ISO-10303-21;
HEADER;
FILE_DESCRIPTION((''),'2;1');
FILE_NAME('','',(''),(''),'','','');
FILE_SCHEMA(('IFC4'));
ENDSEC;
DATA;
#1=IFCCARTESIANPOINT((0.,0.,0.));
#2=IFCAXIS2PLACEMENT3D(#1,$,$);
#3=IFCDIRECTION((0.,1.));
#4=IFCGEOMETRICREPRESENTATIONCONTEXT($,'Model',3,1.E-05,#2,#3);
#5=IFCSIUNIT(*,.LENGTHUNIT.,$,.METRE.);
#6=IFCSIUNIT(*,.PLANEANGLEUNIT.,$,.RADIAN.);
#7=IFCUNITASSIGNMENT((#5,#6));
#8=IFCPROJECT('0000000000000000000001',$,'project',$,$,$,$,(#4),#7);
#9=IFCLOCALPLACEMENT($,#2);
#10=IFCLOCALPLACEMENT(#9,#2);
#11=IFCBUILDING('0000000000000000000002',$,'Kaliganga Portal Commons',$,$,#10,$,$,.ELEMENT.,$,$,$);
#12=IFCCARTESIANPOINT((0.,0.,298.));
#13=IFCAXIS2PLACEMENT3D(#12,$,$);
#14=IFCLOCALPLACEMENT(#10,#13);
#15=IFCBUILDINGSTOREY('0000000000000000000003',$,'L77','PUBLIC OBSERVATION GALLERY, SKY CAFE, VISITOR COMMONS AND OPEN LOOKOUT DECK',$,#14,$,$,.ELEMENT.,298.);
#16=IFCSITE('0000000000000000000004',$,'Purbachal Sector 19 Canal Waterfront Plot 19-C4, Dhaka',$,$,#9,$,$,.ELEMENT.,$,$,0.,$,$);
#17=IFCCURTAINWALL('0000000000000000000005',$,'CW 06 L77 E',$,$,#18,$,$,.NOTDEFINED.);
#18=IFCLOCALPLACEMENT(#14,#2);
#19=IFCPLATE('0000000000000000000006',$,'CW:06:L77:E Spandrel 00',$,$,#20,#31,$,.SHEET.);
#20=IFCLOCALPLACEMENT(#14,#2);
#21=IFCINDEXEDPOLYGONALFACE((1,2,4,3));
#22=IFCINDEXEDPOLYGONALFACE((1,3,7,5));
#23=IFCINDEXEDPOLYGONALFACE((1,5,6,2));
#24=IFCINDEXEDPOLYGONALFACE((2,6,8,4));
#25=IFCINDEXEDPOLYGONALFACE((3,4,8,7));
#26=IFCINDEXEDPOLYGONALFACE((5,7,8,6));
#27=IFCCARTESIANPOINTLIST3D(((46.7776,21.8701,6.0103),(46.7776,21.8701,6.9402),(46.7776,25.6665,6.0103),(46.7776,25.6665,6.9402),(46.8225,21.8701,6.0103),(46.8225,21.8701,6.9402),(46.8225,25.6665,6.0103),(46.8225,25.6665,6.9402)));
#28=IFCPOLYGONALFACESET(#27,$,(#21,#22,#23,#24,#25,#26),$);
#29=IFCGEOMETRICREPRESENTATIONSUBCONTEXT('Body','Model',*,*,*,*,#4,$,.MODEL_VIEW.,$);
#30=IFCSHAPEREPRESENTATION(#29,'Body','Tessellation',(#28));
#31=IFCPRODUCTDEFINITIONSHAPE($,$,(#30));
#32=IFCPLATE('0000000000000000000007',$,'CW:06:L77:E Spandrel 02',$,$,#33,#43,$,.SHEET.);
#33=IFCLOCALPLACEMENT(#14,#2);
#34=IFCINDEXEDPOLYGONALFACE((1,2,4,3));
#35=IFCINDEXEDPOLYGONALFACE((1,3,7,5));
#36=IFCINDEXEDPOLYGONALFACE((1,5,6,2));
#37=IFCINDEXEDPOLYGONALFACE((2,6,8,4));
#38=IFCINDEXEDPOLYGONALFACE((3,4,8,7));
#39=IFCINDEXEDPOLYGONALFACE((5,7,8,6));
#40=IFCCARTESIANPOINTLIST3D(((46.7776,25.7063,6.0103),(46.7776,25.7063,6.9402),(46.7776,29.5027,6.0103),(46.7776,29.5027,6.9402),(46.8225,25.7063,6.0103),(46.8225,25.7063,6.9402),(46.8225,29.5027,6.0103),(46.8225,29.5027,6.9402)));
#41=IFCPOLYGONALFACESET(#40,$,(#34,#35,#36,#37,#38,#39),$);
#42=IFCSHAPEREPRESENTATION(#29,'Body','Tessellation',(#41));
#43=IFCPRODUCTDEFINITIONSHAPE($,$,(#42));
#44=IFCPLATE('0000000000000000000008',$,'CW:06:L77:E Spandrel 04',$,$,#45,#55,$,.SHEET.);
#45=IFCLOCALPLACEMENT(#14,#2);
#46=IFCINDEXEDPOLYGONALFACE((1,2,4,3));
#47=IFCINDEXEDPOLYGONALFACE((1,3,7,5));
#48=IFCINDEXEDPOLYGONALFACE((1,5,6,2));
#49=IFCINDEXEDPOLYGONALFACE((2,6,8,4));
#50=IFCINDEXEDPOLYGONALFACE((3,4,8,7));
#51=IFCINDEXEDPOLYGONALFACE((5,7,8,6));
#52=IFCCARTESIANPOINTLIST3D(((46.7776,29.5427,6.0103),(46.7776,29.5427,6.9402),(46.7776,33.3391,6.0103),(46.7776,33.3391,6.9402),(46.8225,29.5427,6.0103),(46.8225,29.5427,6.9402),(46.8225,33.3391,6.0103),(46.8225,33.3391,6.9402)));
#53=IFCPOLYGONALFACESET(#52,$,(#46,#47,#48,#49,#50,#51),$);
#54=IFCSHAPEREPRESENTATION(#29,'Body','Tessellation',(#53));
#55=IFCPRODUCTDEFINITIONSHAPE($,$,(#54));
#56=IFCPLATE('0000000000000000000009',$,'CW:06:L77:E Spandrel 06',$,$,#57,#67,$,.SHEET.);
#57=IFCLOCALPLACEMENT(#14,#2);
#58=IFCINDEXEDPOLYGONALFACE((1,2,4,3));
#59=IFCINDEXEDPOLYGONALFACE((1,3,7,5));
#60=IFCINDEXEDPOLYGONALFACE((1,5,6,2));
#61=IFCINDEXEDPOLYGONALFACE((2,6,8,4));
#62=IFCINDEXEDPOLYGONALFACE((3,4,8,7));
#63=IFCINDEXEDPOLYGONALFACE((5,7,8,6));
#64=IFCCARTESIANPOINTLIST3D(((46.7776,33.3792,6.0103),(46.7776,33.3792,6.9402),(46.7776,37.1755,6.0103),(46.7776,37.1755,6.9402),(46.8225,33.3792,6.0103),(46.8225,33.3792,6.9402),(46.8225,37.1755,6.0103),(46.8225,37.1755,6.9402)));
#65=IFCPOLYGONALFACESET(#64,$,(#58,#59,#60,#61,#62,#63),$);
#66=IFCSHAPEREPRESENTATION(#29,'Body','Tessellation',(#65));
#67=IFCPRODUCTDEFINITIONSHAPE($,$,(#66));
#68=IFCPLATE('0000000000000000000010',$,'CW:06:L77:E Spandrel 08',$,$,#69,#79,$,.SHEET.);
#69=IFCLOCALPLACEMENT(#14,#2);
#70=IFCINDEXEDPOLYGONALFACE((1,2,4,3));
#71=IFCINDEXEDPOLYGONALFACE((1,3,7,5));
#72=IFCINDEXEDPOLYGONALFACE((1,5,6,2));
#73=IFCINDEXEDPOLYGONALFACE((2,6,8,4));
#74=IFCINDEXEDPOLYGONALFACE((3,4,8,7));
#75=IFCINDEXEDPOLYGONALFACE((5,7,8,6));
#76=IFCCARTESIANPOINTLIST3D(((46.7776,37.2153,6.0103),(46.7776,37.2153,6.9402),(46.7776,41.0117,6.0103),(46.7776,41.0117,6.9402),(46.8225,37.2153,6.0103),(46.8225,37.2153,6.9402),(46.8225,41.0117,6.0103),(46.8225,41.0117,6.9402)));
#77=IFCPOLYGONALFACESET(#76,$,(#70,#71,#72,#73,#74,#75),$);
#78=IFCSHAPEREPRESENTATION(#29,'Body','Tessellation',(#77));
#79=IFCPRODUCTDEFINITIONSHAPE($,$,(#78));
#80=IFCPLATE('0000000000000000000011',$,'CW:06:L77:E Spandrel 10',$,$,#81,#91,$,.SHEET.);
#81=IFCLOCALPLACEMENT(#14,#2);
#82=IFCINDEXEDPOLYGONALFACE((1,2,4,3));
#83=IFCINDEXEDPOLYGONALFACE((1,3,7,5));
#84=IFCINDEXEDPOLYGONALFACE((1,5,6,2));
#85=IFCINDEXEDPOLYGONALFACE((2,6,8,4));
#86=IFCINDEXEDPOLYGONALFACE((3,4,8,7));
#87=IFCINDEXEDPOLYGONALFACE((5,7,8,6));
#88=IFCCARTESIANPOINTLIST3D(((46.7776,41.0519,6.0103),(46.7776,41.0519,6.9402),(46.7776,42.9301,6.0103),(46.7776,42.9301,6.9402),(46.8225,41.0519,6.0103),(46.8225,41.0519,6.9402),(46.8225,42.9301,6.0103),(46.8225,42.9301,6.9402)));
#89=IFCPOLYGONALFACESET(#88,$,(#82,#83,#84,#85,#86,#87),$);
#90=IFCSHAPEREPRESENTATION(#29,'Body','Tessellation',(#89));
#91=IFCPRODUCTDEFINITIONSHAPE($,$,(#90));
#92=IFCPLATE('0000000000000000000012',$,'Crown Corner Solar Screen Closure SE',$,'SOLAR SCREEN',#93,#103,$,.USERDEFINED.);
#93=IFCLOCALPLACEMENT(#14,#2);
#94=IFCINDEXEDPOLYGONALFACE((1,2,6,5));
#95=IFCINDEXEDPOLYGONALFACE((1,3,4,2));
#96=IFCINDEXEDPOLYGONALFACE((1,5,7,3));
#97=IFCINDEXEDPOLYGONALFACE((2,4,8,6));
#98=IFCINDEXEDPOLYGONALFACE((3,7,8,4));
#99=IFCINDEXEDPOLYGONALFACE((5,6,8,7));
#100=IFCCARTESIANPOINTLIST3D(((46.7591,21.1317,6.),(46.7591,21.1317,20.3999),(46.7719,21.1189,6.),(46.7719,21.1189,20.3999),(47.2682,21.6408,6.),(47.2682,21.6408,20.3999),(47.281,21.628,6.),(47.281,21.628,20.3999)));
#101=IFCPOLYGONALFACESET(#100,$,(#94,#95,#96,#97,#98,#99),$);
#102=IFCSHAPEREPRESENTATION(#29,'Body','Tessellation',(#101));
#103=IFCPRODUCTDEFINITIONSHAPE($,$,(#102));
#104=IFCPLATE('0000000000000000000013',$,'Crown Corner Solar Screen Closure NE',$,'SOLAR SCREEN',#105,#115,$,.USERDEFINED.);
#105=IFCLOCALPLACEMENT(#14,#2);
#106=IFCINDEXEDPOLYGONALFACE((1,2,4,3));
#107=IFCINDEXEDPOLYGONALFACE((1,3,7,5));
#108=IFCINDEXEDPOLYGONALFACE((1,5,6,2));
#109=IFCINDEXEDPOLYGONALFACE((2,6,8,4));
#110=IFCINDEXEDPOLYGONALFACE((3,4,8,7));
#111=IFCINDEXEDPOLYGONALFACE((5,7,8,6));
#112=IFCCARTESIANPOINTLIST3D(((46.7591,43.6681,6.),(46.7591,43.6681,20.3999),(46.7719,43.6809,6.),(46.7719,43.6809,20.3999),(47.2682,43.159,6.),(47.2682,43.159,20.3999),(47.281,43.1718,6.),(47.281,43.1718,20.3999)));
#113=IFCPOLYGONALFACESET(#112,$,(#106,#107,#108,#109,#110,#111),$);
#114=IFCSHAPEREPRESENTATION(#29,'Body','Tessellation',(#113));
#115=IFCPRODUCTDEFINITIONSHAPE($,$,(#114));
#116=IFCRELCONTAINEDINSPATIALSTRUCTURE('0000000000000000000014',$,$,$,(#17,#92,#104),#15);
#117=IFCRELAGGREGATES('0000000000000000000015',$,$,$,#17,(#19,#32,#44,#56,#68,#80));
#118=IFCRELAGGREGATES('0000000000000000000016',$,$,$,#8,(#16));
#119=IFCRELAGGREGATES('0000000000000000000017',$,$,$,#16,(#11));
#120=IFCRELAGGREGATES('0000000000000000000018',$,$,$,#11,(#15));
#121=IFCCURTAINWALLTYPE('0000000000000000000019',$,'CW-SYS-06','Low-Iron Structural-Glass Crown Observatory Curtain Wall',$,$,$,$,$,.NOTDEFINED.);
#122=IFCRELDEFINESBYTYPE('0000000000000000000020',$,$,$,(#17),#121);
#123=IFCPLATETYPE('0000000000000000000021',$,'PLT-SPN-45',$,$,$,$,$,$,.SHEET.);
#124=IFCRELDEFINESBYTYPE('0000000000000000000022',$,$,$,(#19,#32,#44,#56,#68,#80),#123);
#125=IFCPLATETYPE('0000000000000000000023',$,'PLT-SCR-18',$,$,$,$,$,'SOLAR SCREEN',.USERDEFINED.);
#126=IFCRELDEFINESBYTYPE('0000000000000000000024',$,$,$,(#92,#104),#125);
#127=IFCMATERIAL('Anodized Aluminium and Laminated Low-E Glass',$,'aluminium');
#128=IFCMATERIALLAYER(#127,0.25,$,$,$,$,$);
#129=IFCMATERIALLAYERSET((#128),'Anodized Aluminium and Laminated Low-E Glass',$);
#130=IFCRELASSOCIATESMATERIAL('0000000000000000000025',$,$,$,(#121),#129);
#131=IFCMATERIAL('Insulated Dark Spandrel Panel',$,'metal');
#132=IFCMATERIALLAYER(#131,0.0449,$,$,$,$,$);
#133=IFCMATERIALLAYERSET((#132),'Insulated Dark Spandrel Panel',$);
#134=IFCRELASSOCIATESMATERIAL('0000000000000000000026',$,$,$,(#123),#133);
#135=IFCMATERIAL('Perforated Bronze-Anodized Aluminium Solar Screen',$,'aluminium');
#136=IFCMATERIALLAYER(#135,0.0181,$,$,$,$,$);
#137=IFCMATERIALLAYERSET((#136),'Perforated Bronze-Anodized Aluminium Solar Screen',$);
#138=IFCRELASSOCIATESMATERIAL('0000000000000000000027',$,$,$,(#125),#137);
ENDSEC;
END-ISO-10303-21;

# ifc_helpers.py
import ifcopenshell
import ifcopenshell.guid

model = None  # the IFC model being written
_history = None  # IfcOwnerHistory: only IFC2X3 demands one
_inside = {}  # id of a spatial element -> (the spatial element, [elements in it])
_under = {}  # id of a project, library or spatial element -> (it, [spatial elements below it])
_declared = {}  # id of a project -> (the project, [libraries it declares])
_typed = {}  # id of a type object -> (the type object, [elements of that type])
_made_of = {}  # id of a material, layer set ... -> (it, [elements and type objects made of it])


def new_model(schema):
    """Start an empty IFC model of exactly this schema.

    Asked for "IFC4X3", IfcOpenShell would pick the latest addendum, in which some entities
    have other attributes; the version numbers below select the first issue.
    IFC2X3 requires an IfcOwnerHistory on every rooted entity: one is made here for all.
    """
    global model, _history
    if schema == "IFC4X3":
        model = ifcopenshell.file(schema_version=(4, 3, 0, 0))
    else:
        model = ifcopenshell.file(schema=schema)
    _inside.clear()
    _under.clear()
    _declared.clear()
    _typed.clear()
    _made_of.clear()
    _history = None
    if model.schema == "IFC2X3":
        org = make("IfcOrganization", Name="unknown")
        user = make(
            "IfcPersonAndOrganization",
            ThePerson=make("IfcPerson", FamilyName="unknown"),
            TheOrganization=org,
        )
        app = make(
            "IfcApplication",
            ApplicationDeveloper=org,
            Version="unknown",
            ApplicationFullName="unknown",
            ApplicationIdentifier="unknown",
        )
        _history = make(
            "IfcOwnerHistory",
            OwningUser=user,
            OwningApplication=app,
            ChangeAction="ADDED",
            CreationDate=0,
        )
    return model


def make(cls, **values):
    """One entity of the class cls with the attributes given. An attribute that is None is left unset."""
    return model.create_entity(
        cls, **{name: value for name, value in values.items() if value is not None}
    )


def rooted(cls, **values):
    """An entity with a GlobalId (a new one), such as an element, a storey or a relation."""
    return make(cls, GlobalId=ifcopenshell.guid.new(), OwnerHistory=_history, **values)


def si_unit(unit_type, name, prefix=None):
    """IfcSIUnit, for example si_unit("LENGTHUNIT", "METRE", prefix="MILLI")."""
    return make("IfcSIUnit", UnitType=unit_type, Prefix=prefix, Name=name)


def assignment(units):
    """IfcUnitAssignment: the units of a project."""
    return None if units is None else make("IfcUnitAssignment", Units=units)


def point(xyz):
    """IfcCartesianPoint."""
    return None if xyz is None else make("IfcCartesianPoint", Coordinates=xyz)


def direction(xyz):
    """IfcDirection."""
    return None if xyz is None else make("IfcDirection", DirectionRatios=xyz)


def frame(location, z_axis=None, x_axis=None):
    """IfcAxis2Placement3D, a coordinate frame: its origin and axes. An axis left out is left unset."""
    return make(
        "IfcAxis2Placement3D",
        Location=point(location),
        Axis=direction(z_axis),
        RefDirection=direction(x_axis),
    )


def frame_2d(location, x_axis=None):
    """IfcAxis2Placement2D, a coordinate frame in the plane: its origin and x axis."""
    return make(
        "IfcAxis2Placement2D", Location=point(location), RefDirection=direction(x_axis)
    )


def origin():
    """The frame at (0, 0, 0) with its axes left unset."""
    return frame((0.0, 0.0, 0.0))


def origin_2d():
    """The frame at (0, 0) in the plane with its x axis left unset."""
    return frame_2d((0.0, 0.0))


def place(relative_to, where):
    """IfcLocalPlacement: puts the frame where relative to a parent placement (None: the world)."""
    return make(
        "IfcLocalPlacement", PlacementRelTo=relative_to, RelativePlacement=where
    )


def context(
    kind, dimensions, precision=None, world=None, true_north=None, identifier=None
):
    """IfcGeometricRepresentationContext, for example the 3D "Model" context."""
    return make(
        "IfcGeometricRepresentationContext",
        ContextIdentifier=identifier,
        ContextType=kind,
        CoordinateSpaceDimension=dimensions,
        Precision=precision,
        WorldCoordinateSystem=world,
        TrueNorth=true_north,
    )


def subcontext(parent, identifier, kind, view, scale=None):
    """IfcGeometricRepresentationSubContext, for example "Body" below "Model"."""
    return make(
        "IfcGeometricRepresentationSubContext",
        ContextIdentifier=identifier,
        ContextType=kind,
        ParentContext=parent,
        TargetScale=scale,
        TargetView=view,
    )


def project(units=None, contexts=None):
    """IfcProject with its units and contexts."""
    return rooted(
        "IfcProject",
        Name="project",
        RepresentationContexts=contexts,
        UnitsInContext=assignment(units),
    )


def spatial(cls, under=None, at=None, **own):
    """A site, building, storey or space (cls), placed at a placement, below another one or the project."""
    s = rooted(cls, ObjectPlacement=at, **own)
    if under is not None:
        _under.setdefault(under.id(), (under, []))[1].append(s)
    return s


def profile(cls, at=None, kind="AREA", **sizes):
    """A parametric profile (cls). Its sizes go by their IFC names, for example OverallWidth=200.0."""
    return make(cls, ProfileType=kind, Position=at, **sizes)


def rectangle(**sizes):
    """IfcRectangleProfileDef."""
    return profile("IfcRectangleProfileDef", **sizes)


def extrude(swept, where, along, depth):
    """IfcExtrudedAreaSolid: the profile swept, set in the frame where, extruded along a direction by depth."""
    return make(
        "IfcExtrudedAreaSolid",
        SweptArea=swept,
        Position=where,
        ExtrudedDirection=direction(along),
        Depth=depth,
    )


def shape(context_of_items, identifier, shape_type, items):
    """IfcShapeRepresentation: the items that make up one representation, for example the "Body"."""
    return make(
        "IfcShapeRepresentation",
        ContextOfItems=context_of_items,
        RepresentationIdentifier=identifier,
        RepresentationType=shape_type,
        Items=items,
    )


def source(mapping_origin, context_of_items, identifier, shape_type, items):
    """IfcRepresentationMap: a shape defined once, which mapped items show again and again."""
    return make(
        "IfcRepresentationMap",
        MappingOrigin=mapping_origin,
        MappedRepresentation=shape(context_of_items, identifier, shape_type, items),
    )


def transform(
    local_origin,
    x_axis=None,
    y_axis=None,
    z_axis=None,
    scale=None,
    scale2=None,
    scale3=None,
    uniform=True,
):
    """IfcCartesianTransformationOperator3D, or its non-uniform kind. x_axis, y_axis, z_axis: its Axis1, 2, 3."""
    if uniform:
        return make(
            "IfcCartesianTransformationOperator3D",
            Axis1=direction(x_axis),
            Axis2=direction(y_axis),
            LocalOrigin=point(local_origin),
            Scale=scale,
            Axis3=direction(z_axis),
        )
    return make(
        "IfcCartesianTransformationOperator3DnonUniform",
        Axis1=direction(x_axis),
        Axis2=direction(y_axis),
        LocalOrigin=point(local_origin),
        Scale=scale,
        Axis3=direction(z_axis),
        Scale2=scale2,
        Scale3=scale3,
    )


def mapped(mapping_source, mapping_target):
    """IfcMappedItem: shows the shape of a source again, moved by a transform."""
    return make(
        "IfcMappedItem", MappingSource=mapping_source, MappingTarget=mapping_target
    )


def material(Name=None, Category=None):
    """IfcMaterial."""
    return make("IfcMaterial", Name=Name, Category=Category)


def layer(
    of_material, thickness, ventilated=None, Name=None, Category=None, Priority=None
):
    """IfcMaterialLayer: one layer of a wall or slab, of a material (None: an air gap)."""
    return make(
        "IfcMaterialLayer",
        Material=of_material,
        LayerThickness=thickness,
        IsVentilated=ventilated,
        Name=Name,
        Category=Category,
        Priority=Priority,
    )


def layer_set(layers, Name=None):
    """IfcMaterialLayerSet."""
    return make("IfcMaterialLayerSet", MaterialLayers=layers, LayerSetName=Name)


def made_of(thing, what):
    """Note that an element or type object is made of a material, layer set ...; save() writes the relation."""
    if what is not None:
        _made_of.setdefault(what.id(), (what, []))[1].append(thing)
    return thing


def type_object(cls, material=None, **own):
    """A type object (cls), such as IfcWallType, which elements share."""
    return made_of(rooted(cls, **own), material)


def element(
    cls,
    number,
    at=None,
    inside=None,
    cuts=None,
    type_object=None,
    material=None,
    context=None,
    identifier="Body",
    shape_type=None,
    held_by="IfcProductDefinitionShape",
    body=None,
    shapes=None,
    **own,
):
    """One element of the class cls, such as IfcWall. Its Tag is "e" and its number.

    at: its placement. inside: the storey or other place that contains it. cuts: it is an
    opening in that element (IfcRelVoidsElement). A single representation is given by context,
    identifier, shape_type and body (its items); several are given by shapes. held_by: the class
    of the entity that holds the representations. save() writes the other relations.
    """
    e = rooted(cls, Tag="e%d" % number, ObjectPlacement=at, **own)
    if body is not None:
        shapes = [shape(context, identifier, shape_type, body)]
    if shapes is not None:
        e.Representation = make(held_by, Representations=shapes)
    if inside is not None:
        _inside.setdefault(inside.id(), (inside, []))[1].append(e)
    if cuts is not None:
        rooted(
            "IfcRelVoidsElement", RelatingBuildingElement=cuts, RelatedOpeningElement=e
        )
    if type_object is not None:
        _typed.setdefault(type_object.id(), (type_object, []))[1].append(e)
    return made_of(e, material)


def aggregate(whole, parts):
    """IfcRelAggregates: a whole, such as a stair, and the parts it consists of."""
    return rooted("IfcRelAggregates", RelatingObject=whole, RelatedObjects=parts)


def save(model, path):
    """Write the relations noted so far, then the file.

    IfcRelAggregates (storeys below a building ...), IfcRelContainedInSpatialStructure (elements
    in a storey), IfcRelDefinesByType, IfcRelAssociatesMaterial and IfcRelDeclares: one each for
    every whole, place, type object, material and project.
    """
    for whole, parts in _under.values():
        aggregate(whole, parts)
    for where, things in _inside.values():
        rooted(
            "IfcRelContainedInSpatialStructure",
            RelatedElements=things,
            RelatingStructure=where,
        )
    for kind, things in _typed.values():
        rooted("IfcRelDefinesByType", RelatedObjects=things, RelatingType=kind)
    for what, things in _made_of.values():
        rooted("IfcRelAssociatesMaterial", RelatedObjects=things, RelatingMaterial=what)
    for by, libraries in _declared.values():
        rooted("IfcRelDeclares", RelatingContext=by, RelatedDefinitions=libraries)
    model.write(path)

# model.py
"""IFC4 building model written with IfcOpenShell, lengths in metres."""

from ifc_helpers import new_model, si_unit, direction, frame, origin, origin_2d, place, context, subcontext, project, spatial, rectangle, extrude, source, transform, mapped, material, layer, layer_set, type_object, element, aggregate, save


model = new_model("IFC4")

# Units and contexts
model_context = context("Model", 3, precision=1e-05, world=origin(), true_north=direction((0.0, 1.0)))
body_context = subcontext(model_context, "Body", "Model", "MODEL_VIEW")
ifc_project = project(units=[si_unit("LENGTHUNIT", "METRE"), si_unit("PLANEANGLEUNIT", "RADIAN")], contexts=[model_context])

# Site, building, storey
site_placement = place(None, origin())
site = spatial("IfcSite", under=ifc_project, at=site_placement, Name="Purbachal Sector 19 Canal Waterfront Plot 19-C4, Dhaka", CompositionType="ELEMENT", RefElevation=0.0)
building_placement = place(site_placement, origin())
building = spatial("IfcBuilding", under=site, at=building_placement, Name="Kaliganga Portal Commons", CompositionType="ELEMENT")
storey_placement = place(building_placement, frame((0.0, 0.0, 298.0)))
storey = spatial("IfcBuildingStorey", under=building, at=storey_placement, Name="L77", Description="PUBLIC OBSERVATION GALLERY, SKY CAFE, VISITOR COMMONS AND OPEN LOOKOUT DECK", CompositionType="ELEMENT", Elevation=298.0)

# Shared definitions
ifc_material_1 = material(Name="Anodized Aluminium and Laminated Low-E Glass", Category="aluminium")
ifc_layer_1 = layer(ifc_material_1, 0.25)
ifc_layer_set_1 = layer_set([ifc_layer_1], Name="Anodized Aluminium and Laminated Low-E Glass")
curtain_wall_type = type_object("IfcCurtainWallType", Name="CW-SYS-06", Description="Low-Iron Structural-Glass Crown Observatory Curtain Wall", PredefinedType="NOTDEFINED", material=ifc_layer_set_1)

# Curtain wall
curtain_wall_1_placement = place(storey_placement, origin())
curtain_wall_1 = element("IfcCurtainWall", 1, at=curtain_wall_1_placement, inside=storey, type_object=curtain_wall_type, Name="CW 06 L77 E", PredefinedType="NOTDEFINED")

# Plates
ifc_material_2 = material(Name="Insulated Dark Spandrel Panel", Category="metal")
ifc_layer_2 = layer(ifc_material_2, 0.0449)
ifc_layer_set_2 = layer_set([ifc_layer_2], Name="Insulated Dark Spandrel Panel")
plate_type_1 = type_object("IfcPlateType", Name="PLT-SPN-45", PredefinedType="SHEET", material=ifc_layer_set_2)
shared_shape_1 = source(origin(), body_context, "Body", "SweptSolid", [
    extrude(rectangle(XDim=3.7964, YDim=0.0449, at=origin_2d()), origin(), (0.0, 0.0, 1.0), 0.9299),
])
plate_1_placement = place(storey_placement, frame((46.8, 23.7683, 6.0103), z_axis=(0.0, 0.0, 1.0), x_axis=(0.0, 1.0, 0.0)))
plate_1 = element("IfcPlate", 2, at=plate_1_placement, type_object=plate_type_1, Name="CW:06:L77:E Spandrel 00", PredefinedType="SHEET", context=body_context, shape_type="MappedRepresentation", body=[
    mapped(shared_shape_1, transform((0.0, 0.0, 0.0), x_axis=(1.0, 0.0, 0.0), y_axis=(0.0, 1.0, 0.0), z_axis=(0.0, 0.0, 1.0), scale=1.0)),
])
plate_2_placement = place(storey_placement, frame((46.8, 27.6045, 6.0103), z_axis=(0.0, 0.0, 1.0), x_axis=(0.0, 1.0, 0.0)))
plate_2 = element("IfcPlate", 3, at=plate_2_placement, type_object=plate_type_1, Name="CW:06:L77:E Spandrel 02", PredefinedType="SHEET", context=body_context, shape_type="MappedRepresentation", body=[
    mapped(shared_shape_1, transform((0.0, 0.0, 0.0), x_axis=(1.0, 0.0, 0.0), y_axis=(0.0, 1.0, 0.0), z_axis=(0.0, 0.0, 1.0), scale=1.0)),
])
plate_3_placement = place(storey_placement, frame((46.8, 31.4409, 6.0103), z_axis=(0.0, 0.0, 1.0), x_axis=(0.0, 1.0, 0.0)))
plate_3 = element("IfcPlate", 4, at=plate_3_placement, type_object=plate_type_1, Name="CW:06:L77:E Spandrel 04", PredefinedType="SHEET", context=body_context, shape_type="MappedRepresentation", body=[
    mapped(shared_shape_1, transform((0.0, 0.0, 0.0), x_axis=(1.0, 0.0, 0.0), y_axis=(0.0, 1.0, 0.0), z_axis=(0.0, 0.0, 1.0), scale=1.0)),
])
plate_4_placement = place(storey_placement, frame((46.8, 35.2773, 6.0103), z_axis=(0.0, 0.0, 1.0), x_axis=(0.0, 1.0, 0.0)))
plate_4 = element("IfcPlate", 5, at=plate_4_placement, type_object=plate_type_1, Name="CW:06:L77:E Spandrel 06", PredefinedType="SHEET", context=body_context, shape_type="MappedRepresentation", body=[
    mapped(shared_shape_1, transform((0.0, 0.0, 0.0), x_axis=(1.0, 0.0, 0.0), y_axis=(0.0, 1.0, 0.0), z_axis=(0.0, 0.0, 1.0), scale=1.0)),
])
plate_5_placement = place(storey_placement, frame((46.8, 39.1135, 6.0103), z_axis=(0.0, 0.0, 1.0), x_axis=(0.0, 1.0, 0.0)))
plate_5 = element("IfcPlate", 6, at=plate_5_placement, type_object=plate_type_1, Name="CW:06:L77:E Spandrel 08", PredefinedType="SHEET", context=body_context, shape_type="MappedRepresentation", body=[
    mapped(shared_shape_1, transform((0.0, 0.0, 0.0), x_axis=(1.0, 0.0, 0.0), y_axis=(0.0, 1.0, 0.0), z_axis=(0.0, 0.0, 1.0), scale=1.0)),
])
shared_shape_2 = source(origin(), body_context, "Body", "SweptSolid", [
    extrude(rectangle(XDim=1.8782, YDim=0.0449, at=origin_2d()), origin(), (0.0, 0.0, 1.0), 0.9299),
])
plate_6_placement = place(storey_placement, frame((46.8, 41.991, 6.0103), z_axis=(0.0, 0.0, 1.0), x_axis=(0.0, 1.0, 0.0)))
plate_6 = element("IfcPlate", 7, at=plate_6_placement, type_object=plate_type_1, Name="CW:06:L77:E Spandrel 10", PredefinedType="SHEET", context=body_context, shape_type="MappedRepresentation", body=[
    mapped(shared_shape_2, transform((0.0, 0.0, 0.0), x_axis=(1.0, 0.0, 0.0), y_axis=(0.0, 1.0, 0.0), z_axis=(0.0, 0.0, 1.0), scale=1.0)),
])
aggregate(curtain_wall_1, [plate_1, plate_2, plate_3, plate_4, plate_5, plate_6])

# Plates
ifc_material_3 = material(Name="Perforated Bronze-Anodized Aluminium Solar Screen", Category="aluminium")
ifc_layer_3 = layer(ifc_material_3, 0.0181)
ifc_layer_set_3 = layer_set([ifc_layer_3], Name="Perforated Bronze-Anodized Aluminium Solar Screen")
plate_type_2 = type_object("IfcPlateType", Name="PLT-SCR-18", ElementType="SOLAR SCREEN", PredefinedType="USERDEFINED", material=ifc_layer_set_3)
shared_shape_3 = source(origin(), body_context, "Body", "SweptSolid", [
    extrude(rectangle(XDim=0.72, YDim=0.0181, at=origin_2d()), origin(), (0.0, 0.0, 1.0), 14.3999),
])
for number, where, z_axis, x_axis, name in (
    (8, (47.02, 21.3799, 6.0), (0.0, 0.0, 1.0), (0.707107, 0.707107, 0.0), "Crown Corner Solar Screen Closure SE"),
    (9, (47.02, 43.4199, 6.0), (0.0, 0.0, 1.0), (0.707107, -0.707107, 0.0), "Crown Corner Solar Screen Closure NE"),
):
    element("IfcPlate", number, at=place(storey_placement, frame(where, z_axis=z_axis, x_axis=x_axis)), inside=storey, type_object=plate_type_2, Name=name, ObjectType="SOLAR SCREEN", PredefinedType="USERDEFINED", context=body_context, shape_type="MappedRepresentation", body=[
        mapped(shared_shape_3, transform((0.0, 0.0, 0.0), x_axis=(1.0, 0.0, 0.0), y_axis=(0.0, 1.0, 0.0), z_axis=(0.0, 0.0, 1.0), scale=1.0)),
    ])

save(model, "model.ifc")
